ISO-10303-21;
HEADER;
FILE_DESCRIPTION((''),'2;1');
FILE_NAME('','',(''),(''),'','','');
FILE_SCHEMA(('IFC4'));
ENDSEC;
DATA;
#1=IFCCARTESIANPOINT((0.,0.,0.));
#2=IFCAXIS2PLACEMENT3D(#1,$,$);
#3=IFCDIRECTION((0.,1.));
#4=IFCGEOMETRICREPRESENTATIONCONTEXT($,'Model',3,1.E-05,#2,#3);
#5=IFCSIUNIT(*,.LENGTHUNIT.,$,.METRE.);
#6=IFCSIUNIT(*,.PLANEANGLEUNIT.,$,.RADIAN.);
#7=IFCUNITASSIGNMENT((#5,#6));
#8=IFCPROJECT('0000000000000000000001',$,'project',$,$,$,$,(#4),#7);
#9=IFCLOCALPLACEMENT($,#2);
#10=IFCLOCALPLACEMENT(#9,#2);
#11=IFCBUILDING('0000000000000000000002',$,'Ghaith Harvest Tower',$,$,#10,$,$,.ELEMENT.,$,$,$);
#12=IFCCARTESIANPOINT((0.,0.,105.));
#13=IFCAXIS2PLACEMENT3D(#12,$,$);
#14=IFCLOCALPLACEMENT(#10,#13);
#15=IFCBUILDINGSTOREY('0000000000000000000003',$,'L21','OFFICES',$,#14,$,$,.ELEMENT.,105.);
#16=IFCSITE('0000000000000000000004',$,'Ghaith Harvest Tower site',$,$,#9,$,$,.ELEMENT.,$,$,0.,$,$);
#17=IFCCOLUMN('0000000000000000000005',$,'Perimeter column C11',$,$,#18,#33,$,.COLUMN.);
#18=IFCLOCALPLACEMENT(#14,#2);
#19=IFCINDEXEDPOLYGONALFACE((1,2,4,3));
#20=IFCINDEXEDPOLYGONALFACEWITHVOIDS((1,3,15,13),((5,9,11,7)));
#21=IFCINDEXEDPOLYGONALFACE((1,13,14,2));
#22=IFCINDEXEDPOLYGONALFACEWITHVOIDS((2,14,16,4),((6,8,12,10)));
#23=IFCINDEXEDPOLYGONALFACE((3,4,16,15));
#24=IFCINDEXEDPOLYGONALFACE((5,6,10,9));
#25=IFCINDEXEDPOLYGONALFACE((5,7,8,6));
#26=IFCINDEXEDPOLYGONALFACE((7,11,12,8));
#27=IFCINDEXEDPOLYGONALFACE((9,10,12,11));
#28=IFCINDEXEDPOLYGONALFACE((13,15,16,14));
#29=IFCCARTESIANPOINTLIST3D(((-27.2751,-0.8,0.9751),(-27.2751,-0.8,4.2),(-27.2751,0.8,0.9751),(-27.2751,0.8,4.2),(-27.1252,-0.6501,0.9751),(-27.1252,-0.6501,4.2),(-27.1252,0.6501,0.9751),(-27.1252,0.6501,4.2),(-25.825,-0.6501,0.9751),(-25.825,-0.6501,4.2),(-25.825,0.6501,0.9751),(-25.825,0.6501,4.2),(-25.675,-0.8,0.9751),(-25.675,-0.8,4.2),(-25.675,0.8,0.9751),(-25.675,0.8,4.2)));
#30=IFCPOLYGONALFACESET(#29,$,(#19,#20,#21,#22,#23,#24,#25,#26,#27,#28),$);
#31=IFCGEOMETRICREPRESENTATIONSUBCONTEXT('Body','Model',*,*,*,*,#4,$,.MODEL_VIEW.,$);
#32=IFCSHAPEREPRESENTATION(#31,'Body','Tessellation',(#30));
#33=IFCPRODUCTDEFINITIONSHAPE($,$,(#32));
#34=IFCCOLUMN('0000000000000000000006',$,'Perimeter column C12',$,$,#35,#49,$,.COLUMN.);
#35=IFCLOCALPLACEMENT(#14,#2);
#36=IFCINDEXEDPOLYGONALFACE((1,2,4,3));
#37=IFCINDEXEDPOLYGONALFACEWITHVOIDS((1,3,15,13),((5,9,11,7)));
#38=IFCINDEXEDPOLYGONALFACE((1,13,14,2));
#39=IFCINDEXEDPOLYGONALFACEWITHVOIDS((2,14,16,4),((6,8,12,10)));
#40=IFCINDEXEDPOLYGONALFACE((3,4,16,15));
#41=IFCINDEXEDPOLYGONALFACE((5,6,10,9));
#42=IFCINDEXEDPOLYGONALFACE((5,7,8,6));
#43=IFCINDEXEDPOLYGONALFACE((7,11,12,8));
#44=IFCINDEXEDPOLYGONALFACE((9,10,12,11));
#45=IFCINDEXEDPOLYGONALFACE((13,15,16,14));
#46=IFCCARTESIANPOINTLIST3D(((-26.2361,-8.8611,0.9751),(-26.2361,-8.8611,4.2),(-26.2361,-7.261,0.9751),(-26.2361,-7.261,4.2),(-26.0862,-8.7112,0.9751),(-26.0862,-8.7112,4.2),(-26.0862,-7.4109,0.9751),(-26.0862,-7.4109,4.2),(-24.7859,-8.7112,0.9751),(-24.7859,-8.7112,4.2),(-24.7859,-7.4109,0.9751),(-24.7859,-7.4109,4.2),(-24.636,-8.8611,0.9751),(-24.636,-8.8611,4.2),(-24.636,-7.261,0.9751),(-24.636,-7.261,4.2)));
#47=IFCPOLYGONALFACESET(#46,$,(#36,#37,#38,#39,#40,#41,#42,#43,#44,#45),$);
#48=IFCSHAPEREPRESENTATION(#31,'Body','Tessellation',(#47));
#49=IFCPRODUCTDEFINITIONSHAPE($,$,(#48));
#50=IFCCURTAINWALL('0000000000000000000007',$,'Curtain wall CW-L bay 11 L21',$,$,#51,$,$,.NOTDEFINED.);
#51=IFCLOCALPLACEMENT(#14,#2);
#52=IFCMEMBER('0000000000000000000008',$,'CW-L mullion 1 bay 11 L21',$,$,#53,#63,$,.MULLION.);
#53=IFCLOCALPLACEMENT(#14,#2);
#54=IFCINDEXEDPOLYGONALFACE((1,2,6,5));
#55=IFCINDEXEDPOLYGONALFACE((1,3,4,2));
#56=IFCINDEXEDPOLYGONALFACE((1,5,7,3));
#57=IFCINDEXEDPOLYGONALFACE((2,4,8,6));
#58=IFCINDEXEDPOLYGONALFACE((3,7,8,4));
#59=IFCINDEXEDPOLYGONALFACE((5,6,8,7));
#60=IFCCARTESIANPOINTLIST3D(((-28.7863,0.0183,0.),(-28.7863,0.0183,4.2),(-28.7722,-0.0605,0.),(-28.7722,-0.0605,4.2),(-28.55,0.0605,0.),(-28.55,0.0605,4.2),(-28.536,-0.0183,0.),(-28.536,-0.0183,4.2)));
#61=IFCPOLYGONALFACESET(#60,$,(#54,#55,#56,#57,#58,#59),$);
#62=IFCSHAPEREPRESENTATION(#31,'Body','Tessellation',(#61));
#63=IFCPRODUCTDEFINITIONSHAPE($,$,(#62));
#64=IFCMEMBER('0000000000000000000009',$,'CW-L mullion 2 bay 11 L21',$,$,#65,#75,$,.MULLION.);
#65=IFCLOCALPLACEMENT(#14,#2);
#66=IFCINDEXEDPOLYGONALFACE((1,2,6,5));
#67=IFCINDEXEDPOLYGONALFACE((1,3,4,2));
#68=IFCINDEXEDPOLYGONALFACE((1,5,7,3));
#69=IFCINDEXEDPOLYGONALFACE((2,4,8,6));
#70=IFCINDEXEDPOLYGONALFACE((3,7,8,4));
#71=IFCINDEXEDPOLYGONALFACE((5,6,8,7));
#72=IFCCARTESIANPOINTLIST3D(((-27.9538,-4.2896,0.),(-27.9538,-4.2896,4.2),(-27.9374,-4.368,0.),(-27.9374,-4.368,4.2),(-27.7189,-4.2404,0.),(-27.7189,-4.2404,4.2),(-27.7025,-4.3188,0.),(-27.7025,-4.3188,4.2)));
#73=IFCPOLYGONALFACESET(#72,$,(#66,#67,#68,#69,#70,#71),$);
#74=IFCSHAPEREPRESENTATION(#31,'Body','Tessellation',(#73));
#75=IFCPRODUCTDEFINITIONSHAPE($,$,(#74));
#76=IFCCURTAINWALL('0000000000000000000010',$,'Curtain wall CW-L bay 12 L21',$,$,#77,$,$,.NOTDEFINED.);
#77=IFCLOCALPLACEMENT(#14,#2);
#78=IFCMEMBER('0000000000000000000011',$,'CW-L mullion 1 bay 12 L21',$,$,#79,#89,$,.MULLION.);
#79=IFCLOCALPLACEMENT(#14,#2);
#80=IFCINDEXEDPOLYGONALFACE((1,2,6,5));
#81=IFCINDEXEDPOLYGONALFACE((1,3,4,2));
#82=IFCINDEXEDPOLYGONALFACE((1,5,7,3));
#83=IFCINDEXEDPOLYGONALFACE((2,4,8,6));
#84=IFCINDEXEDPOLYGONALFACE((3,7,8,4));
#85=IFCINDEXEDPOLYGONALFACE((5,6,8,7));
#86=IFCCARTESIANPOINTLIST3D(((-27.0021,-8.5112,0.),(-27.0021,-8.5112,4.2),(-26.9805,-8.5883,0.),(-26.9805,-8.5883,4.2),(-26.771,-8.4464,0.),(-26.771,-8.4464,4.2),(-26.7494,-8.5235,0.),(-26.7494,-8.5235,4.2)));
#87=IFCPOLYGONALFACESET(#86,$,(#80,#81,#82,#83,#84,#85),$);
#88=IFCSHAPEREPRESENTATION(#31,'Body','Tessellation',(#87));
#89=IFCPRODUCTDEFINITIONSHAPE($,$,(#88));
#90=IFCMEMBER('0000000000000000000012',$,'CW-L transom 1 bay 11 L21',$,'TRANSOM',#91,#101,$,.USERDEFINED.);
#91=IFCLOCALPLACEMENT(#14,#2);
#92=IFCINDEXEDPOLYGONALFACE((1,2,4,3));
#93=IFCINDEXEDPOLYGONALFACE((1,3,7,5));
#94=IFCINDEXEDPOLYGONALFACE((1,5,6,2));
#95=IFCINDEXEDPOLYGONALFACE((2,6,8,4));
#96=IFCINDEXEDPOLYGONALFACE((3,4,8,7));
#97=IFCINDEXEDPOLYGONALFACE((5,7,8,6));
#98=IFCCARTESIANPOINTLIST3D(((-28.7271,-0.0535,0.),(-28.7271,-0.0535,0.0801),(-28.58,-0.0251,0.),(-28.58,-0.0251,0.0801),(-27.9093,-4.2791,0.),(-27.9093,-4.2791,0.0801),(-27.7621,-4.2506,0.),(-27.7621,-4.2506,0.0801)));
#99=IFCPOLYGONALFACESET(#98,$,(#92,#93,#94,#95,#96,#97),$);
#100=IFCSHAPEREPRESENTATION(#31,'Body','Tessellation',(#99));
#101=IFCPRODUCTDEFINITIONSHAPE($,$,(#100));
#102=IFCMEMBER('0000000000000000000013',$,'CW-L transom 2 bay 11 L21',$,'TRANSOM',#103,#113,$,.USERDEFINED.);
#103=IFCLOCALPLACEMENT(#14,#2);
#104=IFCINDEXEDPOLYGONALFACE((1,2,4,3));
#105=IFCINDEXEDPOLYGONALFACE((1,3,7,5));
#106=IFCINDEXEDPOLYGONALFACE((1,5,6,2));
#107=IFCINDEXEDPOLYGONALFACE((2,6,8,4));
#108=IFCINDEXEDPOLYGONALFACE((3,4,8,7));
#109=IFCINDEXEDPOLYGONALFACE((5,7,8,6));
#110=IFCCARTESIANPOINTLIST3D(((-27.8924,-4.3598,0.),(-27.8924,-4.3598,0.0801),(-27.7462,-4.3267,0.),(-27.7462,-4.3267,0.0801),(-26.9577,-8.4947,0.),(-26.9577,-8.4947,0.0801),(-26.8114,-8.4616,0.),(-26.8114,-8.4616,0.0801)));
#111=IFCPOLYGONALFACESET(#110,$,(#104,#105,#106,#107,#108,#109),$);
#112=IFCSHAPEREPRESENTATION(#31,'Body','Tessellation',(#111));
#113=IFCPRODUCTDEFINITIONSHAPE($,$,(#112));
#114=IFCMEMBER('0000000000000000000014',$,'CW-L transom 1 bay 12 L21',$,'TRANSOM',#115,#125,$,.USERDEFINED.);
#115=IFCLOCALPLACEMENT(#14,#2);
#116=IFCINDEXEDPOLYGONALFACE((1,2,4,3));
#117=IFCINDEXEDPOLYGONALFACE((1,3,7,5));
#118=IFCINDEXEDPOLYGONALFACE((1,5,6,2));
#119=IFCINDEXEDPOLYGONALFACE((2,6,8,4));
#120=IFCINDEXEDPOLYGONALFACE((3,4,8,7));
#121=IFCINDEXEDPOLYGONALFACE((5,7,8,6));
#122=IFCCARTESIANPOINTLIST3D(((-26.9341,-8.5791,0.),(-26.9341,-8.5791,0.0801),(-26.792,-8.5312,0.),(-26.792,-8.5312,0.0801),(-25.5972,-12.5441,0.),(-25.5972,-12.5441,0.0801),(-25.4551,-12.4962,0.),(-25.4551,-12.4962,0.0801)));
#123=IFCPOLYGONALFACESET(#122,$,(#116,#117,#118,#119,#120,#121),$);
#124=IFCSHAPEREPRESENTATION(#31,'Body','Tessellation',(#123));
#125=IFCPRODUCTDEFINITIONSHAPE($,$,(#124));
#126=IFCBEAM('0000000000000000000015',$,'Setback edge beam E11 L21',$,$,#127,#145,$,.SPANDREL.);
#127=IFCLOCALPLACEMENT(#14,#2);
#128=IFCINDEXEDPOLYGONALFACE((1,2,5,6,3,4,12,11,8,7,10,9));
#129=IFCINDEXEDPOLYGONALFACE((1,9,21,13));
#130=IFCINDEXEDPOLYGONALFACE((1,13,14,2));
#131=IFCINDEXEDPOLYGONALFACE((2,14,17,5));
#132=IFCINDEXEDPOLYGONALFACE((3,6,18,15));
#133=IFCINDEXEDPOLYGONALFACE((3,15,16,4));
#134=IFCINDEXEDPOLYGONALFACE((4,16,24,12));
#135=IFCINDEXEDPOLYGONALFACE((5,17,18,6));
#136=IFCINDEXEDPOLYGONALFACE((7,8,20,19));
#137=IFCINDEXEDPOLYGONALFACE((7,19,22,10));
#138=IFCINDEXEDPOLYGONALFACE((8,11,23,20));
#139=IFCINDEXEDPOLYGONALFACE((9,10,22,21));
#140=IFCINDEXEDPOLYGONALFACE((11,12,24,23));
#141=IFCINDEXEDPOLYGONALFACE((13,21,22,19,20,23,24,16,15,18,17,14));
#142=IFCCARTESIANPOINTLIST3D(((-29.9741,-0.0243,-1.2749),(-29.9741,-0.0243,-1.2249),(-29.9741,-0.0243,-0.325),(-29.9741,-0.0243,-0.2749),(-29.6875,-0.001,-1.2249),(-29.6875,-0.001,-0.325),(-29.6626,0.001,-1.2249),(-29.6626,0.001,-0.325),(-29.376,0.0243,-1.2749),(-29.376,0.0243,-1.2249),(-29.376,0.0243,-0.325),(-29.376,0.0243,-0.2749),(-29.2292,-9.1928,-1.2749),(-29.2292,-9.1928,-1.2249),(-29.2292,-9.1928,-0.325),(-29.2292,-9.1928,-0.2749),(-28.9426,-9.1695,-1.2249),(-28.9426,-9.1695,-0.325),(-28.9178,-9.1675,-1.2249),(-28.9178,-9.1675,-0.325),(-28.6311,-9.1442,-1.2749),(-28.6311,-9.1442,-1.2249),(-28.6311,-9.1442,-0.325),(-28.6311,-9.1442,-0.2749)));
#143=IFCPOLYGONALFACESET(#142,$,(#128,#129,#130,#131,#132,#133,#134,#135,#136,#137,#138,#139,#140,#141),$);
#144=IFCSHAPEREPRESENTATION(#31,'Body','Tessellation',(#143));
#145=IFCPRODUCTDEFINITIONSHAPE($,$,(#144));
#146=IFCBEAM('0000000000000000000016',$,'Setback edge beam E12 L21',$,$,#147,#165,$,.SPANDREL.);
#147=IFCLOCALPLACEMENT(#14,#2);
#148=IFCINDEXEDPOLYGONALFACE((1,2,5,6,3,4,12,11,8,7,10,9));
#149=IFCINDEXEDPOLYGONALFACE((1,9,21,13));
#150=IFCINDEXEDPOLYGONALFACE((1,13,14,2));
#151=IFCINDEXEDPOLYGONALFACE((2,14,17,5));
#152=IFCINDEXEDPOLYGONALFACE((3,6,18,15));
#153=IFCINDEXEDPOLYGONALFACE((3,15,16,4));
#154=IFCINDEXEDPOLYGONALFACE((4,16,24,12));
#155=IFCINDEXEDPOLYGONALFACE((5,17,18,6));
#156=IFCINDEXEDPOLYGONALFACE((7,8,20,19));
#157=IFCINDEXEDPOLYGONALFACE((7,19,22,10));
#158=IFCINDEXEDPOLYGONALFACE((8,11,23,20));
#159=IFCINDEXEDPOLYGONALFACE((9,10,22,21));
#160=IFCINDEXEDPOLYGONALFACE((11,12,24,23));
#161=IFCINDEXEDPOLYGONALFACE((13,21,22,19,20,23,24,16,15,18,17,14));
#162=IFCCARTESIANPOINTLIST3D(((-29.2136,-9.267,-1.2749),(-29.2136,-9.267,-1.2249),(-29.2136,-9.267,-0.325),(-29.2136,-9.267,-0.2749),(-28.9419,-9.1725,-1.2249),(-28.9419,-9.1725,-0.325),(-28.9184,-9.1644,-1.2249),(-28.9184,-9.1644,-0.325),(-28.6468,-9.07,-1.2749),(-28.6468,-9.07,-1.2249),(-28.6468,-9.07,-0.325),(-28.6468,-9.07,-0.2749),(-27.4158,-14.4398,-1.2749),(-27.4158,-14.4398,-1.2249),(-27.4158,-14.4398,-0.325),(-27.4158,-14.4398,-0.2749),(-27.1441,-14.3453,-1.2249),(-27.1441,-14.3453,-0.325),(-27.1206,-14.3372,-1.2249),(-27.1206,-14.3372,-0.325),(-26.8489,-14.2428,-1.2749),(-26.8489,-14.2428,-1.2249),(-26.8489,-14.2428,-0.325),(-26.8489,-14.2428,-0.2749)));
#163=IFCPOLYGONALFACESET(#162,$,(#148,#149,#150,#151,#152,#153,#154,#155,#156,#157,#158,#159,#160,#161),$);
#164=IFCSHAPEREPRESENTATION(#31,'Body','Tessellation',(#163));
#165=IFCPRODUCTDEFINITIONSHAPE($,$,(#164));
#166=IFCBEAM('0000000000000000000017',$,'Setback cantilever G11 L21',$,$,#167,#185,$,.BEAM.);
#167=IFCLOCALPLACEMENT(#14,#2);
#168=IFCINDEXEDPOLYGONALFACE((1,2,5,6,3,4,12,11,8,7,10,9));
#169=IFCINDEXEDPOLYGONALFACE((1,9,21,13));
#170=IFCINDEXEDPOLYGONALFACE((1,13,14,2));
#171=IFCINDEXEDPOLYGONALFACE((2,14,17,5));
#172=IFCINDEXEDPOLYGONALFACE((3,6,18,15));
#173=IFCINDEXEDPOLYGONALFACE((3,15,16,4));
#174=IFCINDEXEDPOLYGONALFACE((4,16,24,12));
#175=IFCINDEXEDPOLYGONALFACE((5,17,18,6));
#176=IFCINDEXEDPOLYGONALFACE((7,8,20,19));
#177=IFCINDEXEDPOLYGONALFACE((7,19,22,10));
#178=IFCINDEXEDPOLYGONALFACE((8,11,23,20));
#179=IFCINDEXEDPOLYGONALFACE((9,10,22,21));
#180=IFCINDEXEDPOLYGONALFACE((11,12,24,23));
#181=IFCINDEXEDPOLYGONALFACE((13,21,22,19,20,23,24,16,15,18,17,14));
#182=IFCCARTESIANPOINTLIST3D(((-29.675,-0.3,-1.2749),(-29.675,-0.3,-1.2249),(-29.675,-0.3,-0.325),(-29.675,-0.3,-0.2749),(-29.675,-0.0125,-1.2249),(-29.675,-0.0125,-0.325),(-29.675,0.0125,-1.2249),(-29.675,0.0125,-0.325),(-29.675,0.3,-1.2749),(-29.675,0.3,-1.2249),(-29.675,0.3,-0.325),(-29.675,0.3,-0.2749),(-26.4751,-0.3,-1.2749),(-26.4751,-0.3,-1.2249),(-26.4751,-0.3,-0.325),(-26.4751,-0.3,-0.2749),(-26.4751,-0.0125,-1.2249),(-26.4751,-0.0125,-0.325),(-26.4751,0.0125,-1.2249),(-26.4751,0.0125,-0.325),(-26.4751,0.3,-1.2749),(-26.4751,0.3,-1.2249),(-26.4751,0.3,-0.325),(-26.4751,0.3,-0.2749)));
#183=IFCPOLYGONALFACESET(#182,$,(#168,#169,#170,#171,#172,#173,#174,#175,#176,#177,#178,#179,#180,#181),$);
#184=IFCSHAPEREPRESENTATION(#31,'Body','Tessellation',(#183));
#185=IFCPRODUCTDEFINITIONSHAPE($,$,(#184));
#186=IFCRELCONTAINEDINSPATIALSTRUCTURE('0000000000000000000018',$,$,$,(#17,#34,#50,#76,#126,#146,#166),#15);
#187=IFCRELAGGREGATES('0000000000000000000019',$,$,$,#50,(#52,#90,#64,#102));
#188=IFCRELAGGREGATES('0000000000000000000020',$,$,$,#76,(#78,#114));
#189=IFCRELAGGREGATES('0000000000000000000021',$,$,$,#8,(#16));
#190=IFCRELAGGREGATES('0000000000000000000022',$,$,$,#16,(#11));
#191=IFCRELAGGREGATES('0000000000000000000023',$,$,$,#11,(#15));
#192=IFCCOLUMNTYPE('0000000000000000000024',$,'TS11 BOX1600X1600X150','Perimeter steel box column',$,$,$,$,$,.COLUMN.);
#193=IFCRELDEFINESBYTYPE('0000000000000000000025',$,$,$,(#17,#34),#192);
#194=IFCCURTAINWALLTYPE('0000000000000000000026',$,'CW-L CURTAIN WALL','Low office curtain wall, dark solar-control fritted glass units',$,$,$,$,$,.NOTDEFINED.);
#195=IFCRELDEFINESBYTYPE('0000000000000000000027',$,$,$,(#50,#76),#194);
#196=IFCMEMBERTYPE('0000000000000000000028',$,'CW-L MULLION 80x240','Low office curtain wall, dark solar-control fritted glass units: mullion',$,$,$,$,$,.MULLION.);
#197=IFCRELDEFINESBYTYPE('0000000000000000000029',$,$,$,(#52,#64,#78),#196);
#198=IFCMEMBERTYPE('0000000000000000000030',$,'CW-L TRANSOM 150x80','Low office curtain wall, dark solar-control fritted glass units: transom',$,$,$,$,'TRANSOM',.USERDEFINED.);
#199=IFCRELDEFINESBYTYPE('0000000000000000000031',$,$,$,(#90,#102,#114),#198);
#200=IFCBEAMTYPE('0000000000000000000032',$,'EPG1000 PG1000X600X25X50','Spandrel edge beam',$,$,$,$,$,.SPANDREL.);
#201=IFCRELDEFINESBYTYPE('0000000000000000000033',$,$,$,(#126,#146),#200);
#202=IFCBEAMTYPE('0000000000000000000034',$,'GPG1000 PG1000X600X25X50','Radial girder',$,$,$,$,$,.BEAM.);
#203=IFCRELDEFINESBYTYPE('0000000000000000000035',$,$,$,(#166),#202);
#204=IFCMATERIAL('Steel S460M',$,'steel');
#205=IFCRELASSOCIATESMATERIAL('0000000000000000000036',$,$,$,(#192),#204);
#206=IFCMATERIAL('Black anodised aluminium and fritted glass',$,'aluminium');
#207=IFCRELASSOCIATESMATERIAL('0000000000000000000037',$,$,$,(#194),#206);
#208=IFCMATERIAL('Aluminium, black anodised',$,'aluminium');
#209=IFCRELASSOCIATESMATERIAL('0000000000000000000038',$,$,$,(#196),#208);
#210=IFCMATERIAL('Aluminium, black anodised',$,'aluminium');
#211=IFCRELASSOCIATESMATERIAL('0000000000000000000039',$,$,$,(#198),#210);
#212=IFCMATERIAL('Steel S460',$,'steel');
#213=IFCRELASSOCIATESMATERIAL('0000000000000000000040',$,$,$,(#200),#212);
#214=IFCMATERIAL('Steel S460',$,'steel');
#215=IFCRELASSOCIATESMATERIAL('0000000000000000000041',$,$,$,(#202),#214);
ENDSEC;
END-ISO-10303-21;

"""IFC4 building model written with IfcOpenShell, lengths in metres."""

from ifc_helpers import new_model, si_unit, direction, frame, origin, origin_2d, place, context, subcontext, project, spatial, rectangle, hollow_rectangle, i_section, extrude, material, material_profile, profile_set, type_object, element, aggregate, save


model = new_model("IFC4")

# Units and contexts
model_context = context("Model", 3, precision=1e-05, world=origin(), true_north=direction((0.0, 1.0)))
body_context = subcontext(model_context, "Body", "Model", "MODEL_VIEW")
ifc_project = project(units=[si_unit("LENGTHUNIT", "METRE"), si_unit("PLANEANGLEUNIT", "RADIAN")], contexts=[model_context])

# Site, building, storey
site_placement = place(None, origin())
site = spatial("IfcSite", under=ifc_project, at=site_placement, Name="Ghaith Harvest Tower site", CompositionType="ELEMENT", RefElevation=0.0)
building_placement = place(site_placement, origin())
building = spatial("IfcBuilding", under=site, at=building_placement, Name="Ghaith Harvest Tower", CompositionType="ELEMENT")
storey_placement = place(building_placement, frame((0.0, 0.0, 105.0)))
storey = spatial("IfcBuildingStorey", under=building, at=storey_placement, Name="L21", Description="OFFICES", CompositionType="ELEMENT", Elevation=105.0)

# Columns
ifc_material_1 = material(Name="Steel S460M", Category="steel")
ifc_material_profile_1 = material_profile(ifc_material_1, hollow_rectangle(XDim=1.6001, YDim=1.6001, WallThickness=0.1499, at=origin_2d()), Name="BOX1600X1600X150")
ifc_profile_set_1 = profile_set([ifc_material_profile_1], Name="Steel S460M")
column_type = type_object("IfcColumnType", Name="TS11 BOX1600X1600X150", Description="Perimeter steel box column", PredefinedType="COLUMN", material=ifc_profile_set_1)
for number, where, z_axis, x_axis, name in (
    (1, (-26.4751, 0.0, 0.9751), (0.0, 0.0, 1.0), (1.0, 0.0, 0.0), "Perimeter column C11"),
    (2, (-25.436, -8.061, 0.9751), (0.0, 0.0, 1.0), (1.0, 0.0, 0.0), "Perimeter column C12"),
):
    element("IfcColumn", number, at=place(storey_placement, frame(where, z_axis=z_axis, x_axis=x_axis)), inside=storey, type_object=column_type, Name=name, PredefinedType="COLUMN", context=body_context, shape_type="SweptSolid", body=[
        extrude(hollow_rectangle(XDim=1.6001, YDim=1.6001, WallThickness=0.1499, at=origin_2d()), origin(), (0.0, 0.0, 1.0), 3.2249),
    ])

# Curtain wall, members
ifc_material_2 = material(Name="Black anodised aluminium and fritted glass", Category="aluminium")
curtain_wall_type = type_object("IfcCurtainWallType", Name="CW-L CURTAIN WALL", Description="Low office curtain wall, dark solar-control fritted glass units", PredefinedType="NOTDEFINED", material=ifc_material_2)
curtain_wall_1_placement = place(storey_placement, origin())
curtain_wall_1 = element("IfcCurtainWall", 3, at=curtain_wall_1_placement, inside=storey, type_object=curtain_wall_type, Name="Curtain wall CW-L bay 11 L21", PredefinedType="NOTDEFINED")
ifc_material_3 = material(Name="Aluminium, black anodised", Category="aluminium")
ifc_material_profile_2 = material_profile(ifc_material_3, rectangle(XDim=0.0801, YDim=0.24, at=origin_2d()), Name="CW-L MULLION 80x240")
ifc_profile_set_2 = profile_set([ifc_material_profile_2], Name="Aluminium, black anodised")
member_type_1 = type_object("IfcMemberType", Name="CW-L MULLION 80x240", Description="Low office curtain wall, dark solar-control fritted glass units: mullion", PredefinedType="MULLION", material=ifc_profile_set_2)
member_1_placement = place(storey_placement, frame((-28.6611, 0.0, 0.0), z_axis=(0.0, 0.0, 1.0), x_axis=(0.175827, -0.984421, 0.0)))
member_1 = element("IfcMember", 4, at=member_1_placement, type_object=member_type_1, Name="CW-L mullion 1 bay 11 L21", PredefinedType="MULLION", context=body_context, shape_type="SweptSolid", body=[
    extrude(rectangle(XDim=0.0801, YDim=0.24, at=origin_2d()), origin(), (0.0, 0.0, 1.0), 4.2),
])
member_2_placement = place(storey_placement, frame((-27.8281, -4.3042, 0.0), z_axis=(0.0, 0.0, 1.0), x_axis=(0.205176, -0.978725, 0.0)))
member_2 = element("IfcMember", 5, at=member_2_placement, type_object=member_type_1, Name="CW-L mullion 2 bay 11 L21", PredefinedType="MULLION", context=body_context, shape_type="SweptSolid", body=[
    extrude(rectangle(XDim=0.0801, YDim=0.24, at=origin_2d()), origin(), (0.0, 0.0, 1.0), 4.2),
])

# Curtain wall, member
curtain_wall_2_placement = place(storey_placement, origin())
curtain_wall_2 = element("IfcCurtainWall", 6, at=curtain_wall_2_placement, inside=storey, type_object=curtain_wall_type, Name="Curtain wall CW-L bay 12 L21", PredefinedType="NOTDEFINED")
member_3_placement = place(storey_placement, frame((-26.8757, -8.5173, 0.0), z_axis=(0.0, 0.0, 1.0), x_axis=(0.270019, -0.962855, 0.0)))
member_3 = element("IfcMember", 7, at=member_3_placement, type_object=member_type_1, Name="CW-L mullion 1 bay 12 L21", PredefinedType="MULLION", context=body_context, shape_type="SweptSolid", body=[
    extrude(rectangle(XDim=0.0801, YDim=0.24, at=origin_2d()), origin(), (0.0, 0.0, 1.0), 4.2),
])

# Members
ifc_material_4 = material(Name="Aluminium, black anodised", Category="aluminium")
ifc_material_profile_3 = material_profile(ifc_material_4, rectangle(XDim=0.1499, YDim=0.0801, at=origin_2d()), Name="CW-L TRANSOM 150x80")
ifc_profile_set_3 = profile_set([ifc_material_profile_3], Name="Aluminium, black anodised")
member_type_2 = type_object("IfcMemberType", Name="CW-L TRANSOM 150x80", Description="Low office curtain wall, dark solar-control fritted glass units: transom", ElementType="TRANSOM", PredefinedType="USERDEFINED", material=ifc_profile_set_3)
member_4_placement = place(storey_placement, frame((-28.6536, -0.0393, 0.04), z_axis=(0.190025, -0.981779, 0.0), x_axis=(0.981779, 0.190025, 0.0)))
member_4 = element("IfcMember", 8, at=member_4_placement, type_object=member_type_2, Name="CW-L transom 1 bay 11 L21", ObjectType="TRANSOM", PredefinedType="USERDEFINED", context=body_context, shape_type="SweptSolid", body=[
    extrude(rectangle(XDim=0.1499, YDim=0.0801, at=origin_2d()), origin(), (0.0, 0.0, 1.0), 4.304),
])
member_5_placement = place(storey_placement, frame((-27.8193, -4.3433, 0.04), z_axis=(0.220508, -0.975385, 0.0), x_axis=(0.975385, 0.220508, 0.0)))
member_5 = element("IfcMember", 9, at=member_5_placement, type_object=member_type_2, Name="CW-L transom 2 bay 11 L21", ObjectType="TRANSOM", PredefinedType="USERDEFINED", context=body_context, shape_type="SweptSolid", body=[
    extrude(rectangle(XDim=0.1499, YDim=0.0801, at=origin_2d()), origin(), (0.0, 0.0, 1.0), 4.2393),
])
member_6_placement = place(storey_placement, frame((-26.863, -8.5552, 0.04), z_axis=(0.319499, -0.947587, 0.0), x_axis=(0.947587, 0.319499, 0.0)))
member_6 = element("IfcMember", 10, at=member_6_placement, type_object=member_type_2, Name="CW-L transom 1 bay 12 L21", ObjectType="TRANSOM", PredefinedType="USERDEFINED", context=body_context, shape_type="SweptSolid", body=[
    extrude(rectangle(XDim=0.1499, YDim=0.0801, at=origin_2d()), origin(), (0.0, 0.0, 1.0), 4.1843),
])

# Beams
ifc_material_5 = material(Name="Steel S460", Category="steel")
ifc_material_profile_4 = material_profile(ifc_material_5, i_section(OverallWidth=0.6001, OverallDepth=1.0, WebThickness=0.0249, FlangeThickness=0.05, at=origin_2d()), Name="PG1000X600X25X50")
ifc_profile_set_4 = profile_set([ifc_material_profile_4], Name="Steel S460")
beam_type_1 = type_object("IfcBeamType", Name="EPG1000 PG1000X600X25X50", Description="Spandrel edge beam", PredefinedType="SPANDREL", material=ifc_profile_set_4)
beam_1_placement = place(storey_placement, frame((-29.675, 0.0, -0.7749), z_axis=(0.080976, -0.996716, 0.0), x_axis=(0.996716, 0.080976, 0.0)))
element("IfcBeam", 11, at=beam_1_placement, inside=storey, type_object=beam_type_1, Name="Setback edge beam E11 L21", PredefinedType="SPANDREL", context=body_context, shape_type="SweptSolid", body=[
    extrude(i_section(OverallWidth=0.6001, OverallDepth=1.0, WebThickness=0.0249, FlangeThickness=0.05, at=origin_2d()), origin(), (0.0, 0.0, 1.0), 9.1987),
])
beam_2_placement = place(storey_placement, frame((-28.9302, -9.1685, -0.7749), z_axis=(0.328292, -0.944576, 0.0), x_axis=(0.944576, 0.328292, 0.0)))
element("IfcBeam", 12, at=beam_2_placement, inside=storey, type_object=beam_type_1, Name="Setback edge beam E12 L21", PredefinedType="SPANDREL", context=body_context, shape_type="SweptSolid", body=[
    extrude(i_section(OverallWidth=0.6001, OverallDepth=1.0, WebThickness=0.0249, FlangeThickness=0.05, at=origin_2d()), origin(), (0.0, 0.0, 1.0), 5.4763),
])
ifc_material_6 = material(Name="Steel S460", Category="steel")
ifc_material_profile_5 = material_profile(ifc_material_6, i_section(OverallWidth=0.6001, OverallDepth=1.0, WebThickness=0.0249, FlangeThickness=0.05, at=origin_2d()), Name="PG1000X600X25X50")
ifc_profile_set_5 = profile_set([ifc_material_profile_5], Name="Steel S460")
beam_type_2 = type_object("IfcBeamType", Name="GPG1000 PG1000X600X25X50", Description="Radial girder", PredefinedType="BEAM", material=ifc_profile_set_5)
beam_3_placement = place(storey_placement, frame((-26.4751, 0.0, -0.7749), z_axis=(-1.0, 0.0, 0.0), x_axis=(0.0, -1.0, 0.0)))
element("IfcBeam", 13, at=beam_3_placement, inside=storey, type_object=beam_type_2, Name="Setback cantilever G11 L21", PredefinedType="BEAM", context=body_context, shape_type="SweptSolid", body=[
    extrude(i_section(OverallWidth=0.6001, OverallDepth=1.0, WebThickness=0.0249, FlangeThickness=0.05, at=origin_2d()), origin(), (0.0, 0.0, 1.0), 3.2),
])

aggregate(curtain_wall_1, [member_1, member_4, member_2, member_5])
aggregate(curtain_wall_2, [member_3, member_6])

save(model, "model.ifc")
